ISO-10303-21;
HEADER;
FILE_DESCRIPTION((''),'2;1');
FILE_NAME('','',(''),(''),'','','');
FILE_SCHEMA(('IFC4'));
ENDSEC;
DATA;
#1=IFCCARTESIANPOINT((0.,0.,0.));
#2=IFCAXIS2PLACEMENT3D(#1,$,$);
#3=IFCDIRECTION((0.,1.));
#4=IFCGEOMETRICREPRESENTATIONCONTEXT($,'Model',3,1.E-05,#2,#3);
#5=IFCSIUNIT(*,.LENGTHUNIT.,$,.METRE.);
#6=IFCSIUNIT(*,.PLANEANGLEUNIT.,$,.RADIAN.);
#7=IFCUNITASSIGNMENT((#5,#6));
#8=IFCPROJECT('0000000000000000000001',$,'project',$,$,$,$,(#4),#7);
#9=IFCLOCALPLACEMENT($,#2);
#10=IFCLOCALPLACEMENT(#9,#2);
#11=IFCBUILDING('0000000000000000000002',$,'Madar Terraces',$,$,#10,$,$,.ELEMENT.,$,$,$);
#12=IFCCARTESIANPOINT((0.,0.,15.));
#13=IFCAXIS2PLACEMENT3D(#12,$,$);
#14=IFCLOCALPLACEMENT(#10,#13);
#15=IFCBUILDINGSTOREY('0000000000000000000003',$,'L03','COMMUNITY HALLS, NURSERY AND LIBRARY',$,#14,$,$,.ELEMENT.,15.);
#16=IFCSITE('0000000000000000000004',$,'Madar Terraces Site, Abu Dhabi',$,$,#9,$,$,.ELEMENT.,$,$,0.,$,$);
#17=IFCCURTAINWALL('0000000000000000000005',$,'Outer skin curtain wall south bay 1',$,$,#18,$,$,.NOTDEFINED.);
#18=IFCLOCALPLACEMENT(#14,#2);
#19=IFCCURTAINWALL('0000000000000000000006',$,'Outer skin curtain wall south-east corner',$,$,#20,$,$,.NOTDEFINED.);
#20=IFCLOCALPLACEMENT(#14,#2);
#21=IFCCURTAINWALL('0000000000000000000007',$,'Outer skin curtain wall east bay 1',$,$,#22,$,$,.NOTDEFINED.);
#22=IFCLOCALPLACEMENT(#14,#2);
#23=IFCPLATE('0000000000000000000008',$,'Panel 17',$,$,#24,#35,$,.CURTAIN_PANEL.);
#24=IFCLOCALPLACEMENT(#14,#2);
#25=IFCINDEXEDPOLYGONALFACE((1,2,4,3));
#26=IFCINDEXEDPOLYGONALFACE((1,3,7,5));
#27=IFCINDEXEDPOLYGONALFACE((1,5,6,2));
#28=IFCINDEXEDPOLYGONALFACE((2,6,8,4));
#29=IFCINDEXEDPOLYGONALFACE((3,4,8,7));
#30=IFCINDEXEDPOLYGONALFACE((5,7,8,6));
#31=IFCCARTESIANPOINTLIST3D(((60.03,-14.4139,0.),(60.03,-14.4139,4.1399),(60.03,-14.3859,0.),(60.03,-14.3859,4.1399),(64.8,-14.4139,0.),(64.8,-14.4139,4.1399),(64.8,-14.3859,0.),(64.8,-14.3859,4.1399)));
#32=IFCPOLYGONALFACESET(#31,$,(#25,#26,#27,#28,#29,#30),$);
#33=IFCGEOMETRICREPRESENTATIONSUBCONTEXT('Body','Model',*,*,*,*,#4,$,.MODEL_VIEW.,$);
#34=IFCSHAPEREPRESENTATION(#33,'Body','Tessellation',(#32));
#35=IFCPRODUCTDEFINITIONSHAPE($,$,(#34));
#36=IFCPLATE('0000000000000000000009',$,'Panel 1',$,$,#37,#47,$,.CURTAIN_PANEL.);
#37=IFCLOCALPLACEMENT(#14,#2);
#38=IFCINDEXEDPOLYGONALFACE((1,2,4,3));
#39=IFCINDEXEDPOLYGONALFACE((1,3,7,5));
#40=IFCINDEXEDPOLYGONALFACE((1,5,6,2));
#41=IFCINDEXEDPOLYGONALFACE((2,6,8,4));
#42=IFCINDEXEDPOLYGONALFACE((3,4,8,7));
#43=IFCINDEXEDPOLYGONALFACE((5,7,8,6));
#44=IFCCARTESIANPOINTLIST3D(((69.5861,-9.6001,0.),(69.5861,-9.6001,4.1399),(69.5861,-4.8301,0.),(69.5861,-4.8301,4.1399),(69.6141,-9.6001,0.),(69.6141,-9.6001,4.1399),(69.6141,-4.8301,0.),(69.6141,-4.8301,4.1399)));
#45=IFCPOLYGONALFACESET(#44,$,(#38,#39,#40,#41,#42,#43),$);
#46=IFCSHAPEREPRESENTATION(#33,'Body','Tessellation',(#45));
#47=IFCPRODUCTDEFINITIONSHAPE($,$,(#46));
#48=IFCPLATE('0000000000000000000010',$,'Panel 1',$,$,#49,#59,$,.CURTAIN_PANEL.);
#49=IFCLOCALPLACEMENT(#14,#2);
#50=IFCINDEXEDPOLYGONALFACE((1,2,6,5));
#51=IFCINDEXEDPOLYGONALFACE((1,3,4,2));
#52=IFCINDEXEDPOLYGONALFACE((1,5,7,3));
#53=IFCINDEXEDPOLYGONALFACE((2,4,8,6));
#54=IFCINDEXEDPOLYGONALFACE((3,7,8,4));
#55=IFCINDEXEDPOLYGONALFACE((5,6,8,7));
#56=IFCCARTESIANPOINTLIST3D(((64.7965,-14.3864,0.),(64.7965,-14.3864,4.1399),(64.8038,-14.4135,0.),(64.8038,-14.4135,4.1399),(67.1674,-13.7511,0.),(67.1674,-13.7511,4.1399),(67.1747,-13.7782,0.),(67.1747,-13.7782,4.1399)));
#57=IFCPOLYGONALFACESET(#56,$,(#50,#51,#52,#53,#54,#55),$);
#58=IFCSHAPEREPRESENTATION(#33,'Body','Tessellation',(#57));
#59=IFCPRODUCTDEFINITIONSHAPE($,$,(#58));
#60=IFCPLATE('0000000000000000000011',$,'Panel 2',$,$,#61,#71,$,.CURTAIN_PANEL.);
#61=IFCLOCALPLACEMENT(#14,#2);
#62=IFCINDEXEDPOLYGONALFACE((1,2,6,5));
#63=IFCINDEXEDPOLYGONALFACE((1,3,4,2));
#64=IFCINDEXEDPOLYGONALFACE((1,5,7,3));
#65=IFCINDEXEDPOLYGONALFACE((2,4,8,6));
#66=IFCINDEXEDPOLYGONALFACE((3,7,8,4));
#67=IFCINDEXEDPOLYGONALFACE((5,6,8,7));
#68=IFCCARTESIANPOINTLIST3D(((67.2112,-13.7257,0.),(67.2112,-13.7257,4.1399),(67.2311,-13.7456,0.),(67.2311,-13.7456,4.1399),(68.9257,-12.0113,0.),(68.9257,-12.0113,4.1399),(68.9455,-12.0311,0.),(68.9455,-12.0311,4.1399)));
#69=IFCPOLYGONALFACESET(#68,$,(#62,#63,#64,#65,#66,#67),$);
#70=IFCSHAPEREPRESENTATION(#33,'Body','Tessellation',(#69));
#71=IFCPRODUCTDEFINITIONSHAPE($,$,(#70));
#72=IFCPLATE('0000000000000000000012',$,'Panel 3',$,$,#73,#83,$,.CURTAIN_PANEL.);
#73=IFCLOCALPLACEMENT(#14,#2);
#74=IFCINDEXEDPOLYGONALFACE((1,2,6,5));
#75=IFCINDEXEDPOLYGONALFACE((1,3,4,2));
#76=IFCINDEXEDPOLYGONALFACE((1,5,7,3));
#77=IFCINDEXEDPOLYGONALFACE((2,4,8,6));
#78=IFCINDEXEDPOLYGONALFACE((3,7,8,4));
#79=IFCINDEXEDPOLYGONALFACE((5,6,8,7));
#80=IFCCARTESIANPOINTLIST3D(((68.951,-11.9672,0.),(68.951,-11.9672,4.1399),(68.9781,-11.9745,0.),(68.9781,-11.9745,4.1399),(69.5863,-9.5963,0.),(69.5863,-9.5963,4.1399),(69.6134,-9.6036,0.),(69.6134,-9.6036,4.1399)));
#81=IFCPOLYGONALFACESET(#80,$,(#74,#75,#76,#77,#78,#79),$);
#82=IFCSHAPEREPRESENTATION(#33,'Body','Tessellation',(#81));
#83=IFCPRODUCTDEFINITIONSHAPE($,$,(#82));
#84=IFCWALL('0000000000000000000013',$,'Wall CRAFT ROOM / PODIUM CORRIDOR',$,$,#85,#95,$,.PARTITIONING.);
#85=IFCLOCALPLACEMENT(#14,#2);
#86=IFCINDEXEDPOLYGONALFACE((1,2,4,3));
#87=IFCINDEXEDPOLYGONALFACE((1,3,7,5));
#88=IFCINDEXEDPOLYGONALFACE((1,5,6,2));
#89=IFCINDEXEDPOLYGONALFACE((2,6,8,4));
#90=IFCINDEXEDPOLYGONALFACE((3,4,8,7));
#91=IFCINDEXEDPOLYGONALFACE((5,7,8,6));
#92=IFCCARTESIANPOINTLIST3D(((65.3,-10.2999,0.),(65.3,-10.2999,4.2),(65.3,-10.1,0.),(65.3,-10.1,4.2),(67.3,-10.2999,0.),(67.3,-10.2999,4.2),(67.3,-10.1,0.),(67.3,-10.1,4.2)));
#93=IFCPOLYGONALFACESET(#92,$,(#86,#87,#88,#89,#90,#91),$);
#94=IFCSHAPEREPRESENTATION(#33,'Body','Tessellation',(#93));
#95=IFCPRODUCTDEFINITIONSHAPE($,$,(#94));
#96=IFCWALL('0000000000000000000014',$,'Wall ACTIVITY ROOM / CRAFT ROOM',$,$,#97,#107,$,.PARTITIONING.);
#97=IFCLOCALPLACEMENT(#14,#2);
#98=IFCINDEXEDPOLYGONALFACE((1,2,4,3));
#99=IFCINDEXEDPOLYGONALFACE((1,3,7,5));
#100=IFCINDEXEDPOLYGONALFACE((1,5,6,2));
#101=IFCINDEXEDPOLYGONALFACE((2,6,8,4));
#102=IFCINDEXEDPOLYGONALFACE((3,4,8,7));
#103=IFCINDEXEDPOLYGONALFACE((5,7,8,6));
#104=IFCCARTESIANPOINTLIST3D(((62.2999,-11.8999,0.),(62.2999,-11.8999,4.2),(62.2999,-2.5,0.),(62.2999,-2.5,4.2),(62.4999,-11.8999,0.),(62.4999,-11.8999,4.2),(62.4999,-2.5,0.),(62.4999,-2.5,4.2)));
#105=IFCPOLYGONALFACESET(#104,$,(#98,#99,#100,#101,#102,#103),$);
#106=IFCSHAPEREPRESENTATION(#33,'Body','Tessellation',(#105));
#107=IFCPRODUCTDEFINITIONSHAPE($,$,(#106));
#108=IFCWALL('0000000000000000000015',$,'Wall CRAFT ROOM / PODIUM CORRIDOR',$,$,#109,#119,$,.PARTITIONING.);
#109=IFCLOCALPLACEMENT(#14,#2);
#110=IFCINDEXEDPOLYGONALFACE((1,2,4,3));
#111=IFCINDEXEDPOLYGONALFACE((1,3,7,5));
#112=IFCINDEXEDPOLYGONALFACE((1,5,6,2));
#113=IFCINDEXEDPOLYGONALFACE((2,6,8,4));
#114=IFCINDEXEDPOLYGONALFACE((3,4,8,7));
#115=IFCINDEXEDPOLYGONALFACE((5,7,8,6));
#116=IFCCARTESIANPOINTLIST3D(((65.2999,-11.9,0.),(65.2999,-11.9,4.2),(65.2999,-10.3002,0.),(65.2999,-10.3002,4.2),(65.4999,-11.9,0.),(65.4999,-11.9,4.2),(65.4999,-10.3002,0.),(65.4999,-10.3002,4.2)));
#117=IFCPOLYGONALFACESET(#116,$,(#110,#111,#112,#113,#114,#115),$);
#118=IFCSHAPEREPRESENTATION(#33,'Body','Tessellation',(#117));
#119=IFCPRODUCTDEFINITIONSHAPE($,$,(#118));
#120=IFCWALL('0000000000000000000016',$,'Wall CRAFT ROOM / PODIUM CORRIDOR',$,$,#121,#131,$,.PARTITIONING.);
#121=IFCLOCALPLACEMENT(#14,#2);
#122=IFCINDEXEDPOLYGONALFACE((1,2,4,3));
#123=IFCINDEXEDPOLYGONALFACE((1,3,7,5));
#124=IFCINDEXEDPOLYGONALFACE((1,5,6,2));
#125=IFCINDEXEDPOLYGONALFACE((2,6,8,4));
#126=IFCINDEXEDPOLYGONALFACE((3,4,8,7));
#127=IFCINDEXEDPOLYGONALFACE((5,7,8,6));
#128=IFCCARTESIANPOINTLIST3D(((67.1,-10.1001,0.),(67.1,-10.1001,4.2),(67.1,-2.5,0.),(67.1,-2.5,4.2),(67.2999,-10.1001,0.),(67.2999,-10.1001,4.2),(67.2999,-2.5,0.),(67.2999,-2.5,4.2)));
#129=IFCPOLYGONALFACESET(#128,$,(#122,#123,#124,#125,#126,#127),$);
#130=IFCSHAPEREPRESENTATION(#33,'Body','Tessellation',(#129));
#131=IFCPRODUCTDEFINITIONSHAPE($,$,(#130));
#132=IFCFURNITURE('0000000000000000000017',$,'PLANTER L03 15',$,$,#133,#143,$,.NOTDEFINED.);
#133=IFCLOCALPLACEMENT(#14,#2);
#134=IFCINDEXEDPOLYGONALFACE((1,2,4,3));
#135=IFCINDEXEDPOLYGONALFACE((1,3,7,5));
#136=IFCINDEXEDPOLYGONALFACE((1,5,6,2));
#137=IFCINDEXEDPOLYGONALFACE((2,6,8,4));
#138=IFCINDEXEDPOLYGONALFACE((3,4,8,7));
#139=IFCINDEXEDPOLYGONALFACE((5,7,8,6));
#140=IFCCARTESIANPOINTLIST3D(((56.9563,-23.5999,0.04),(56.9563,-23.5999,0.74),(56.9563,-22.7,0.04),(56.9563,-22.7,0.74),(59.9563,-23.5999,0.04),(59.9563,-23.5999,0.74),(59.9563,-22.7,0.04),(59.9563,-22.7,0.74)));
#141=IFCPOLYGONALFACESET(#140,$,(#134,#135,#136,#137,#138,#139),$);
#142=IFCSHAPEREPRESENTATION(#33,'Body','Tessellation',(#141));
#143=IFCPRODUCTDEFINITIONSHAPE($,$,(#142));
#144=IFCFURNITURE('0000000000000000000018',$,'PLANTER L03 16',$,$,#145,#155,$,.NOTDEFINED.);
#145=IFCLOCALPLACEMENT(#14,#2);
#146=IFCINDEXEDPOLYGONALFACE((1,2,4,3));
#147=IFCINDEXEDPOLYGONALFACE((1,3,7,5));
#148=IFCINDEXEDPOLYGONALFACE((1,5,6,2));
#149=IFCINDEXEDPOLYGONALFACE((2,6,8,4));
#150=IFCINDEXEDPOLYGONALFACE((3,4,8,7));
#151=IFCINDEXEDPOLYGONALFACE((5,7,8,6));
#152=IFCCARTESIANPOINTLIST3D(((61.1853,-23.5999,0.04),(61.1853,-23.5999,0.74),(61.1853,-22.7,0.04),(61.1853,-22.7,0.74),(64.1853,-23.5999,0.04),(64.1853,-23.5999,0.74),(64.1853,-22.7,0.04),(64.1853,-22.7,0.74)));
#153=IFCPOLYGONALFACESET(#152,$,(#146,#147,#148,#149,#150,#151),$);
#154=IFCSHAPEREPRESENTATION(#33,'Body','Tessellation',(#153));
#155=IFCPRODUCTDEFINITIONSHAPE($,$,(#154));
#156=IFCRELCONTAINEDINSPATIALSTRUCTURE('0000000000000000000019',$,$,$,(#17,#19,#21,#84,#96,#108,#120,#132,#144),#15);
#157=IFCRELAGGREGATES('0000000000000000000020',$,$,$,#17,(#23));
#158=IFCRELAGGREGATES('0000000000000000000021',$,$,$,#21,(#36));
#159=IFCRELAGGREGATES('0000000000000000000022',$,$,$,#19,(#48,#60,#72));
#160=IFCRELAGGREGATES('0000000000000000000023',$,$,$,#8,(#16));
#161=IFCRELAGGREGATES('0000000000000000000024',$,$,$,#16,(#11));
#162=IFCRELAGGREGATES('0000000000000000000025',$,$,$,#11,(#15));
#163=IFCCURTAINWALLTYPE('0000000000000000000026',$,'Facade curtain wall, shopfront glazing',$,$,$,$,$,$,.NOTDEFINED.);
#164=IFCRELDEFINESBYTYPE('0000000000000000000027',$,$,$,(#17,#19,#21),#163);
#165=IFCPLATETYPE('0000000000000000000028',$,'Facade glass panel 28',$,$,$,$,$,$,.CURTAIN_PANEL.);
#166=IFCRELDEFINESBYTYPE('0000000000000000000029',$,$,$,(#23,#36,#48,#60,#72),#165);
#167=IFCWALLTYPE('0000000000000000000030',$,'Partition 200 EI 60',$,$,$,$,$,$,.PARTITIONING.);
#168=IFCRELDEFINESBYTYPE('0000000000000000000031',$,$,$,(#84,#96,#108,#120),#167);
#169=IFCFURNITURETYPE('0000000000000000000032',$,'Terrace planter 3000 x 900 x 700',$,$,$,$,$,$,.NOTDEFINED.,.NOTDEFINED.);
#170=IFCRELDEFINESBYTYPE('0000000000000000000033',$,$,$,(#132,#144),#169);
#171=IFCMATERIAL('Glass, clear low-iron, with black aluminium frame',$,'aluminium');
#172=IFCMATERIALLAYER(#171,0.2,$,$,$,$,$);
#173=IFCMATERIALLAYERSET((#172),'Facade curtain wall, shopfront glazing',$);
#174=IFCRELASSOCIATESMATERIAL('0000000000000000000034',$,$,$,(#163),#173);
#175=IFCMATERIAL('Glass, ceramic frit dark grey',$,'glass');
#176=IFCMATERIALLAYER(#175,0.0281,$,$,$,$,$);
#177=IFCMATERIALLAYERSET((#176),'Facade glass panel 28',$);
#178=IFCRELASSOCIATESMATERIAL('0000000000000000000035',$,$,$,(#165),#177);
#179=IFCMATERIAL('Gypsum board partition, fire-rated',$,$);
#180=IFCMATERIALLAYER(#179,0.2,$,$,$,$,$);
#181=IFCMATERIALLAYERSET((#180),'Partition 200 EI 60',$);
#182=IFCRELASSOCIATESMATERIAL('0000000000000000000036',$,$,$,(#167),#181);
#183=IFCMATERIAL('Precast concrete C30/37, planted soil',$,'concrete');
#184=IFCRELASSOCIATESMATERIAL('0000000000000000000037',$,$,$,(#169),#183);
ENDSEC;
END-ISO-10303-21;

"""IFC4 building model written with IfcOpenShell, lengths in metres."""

from ifc_helpers import new_model, si_unit, direction, frame, frame_2d, origin, origin_2d, place, context, subcontext, project, spatial, rectangle, extrude, material, layer, layer_set, type_object, element, aggregate, save


model = new_model("IFC4")

# Units and contexts
model_context = context("Model", 3, precision=1e-05, world=origin(), true_north=direction((0.0, 1.0)))
body_context = subcontext(model_context, "Body", "Model", "MODEL_VIEW")
ifc_project = project(units=[si_unit("LENGTHUNIT", "METRE"), si_unit("PLANEANGLEUNIT", "RADIAN")], contexts=[model_context])

# Site, building, storey
site_placement = place(None, origin())
site = spatial("IfcSite", under=ifc_project, at=site_placement, Name="Madar Terraces Site, Abu Dhabi", CompositionType="ELEMENT", RefElevation=0.0)
building_placement = place(site_placement, origin())
building = spatial("IfcBuilding", under=site, at=building_placement, Name="Madar Terraces", CompositionType="ELEMENT")
storey_placement = place(building_placement, frame((0.0, 0.0, 15.0)))
storey = spatial("IfcBuildingStorey", under=building, at=storey_placement, Name="L03", Description="COMMUNITY HALLS, NURSERY AND LIBRARY", CompositionType="ELEMENT", Elevation=15.0)

# Curtain walls
ifc_material_1 = material(Name="Glass, clear low-iron, with black aluminium frame", Category="aluminium")
ifc_layer_1 = layer(ifc_material_1, 0.2)
ifc_layer_set_1 = layer_set([ifc_layer_1], Name="Facade curtain wall, shopfront glazing")
curtain_wall_type = type_object("IfcCurtainWallType", Name="Facade curtain wall, shopfront glazing", PredefinedType="NOTDEFINED", material=ifc_layer_set_1)
curtain_wall_1_placement = place(storey_placement, origin())
curtain_wall_1 = element("IfcCurtainWall", 1, at=curtain_wall_1_placement, inside=storey, type_object=curtain_wall_type, Name="Outer skin curtain wall south bay 1", PredefinedType="NOTDEFINED")
curtain_wall_2_placement = place(storey_placement, origin())
curtain_wall_2 = element("IfcCurtainWall", 2, at=curtain_wall_2_placement, inside=storey, type_object=curtain_wall_type, Name="Outer skin curtain wall south-east corner", PredefinedType="NOTDEFINED")

# Curtain wall
curtain_wall_3_placement = place(storey_placement, origin())
curtain_wall_3 = element("IfcCurtainWall", 3, at=curtain_wall_3_placement, inside=storey, type_object=curtain_wall_type, Name="Outer skin curtain wall east bay 1", PredefinedType="NOTDEFINED")

# Plates
ifc_material_2 = material(Name="Glass, ceramic frit dark grey", Category="glass")
ifc_layer_2 = layer(ifc_material_2, 0.0281)
ifc_layer_set_2 = layer_set([ifc_layer_2], Name="Facade glass panel 28")
plate_type = type_object("IfcPlateType", Name="Facade glass panel 28", PredefinedType="CURTAIN_PANEL", material=ifc_layer_set_2)
plate_1_placement = place(storey_placement, frame((62.415, -14.3999, 0.0), z_axis=(0.0, 0.0, 1.0), x_axis=(1.0, 0.0, 0.0)))
plate_1 = element("IfcPlate", 4, at=plate_1_placement, type_object=plate_type, Name="Panel 17", PredefinedType="CURTAIN_PANEL", context=body_context, shape_type="SweptSolid", body=[
    extrude(rectangle(XDim=4.77, YDim=0.0281, at=origin_2d()), origin(), (0.0, 0.0, 1.0), 4.1399),
])
aggregate(curtain_wall_1, [plate_1])
plate_2_placement = place(storey_placement, frame((69.6001, -7.2151, 0.0), z_axis=(0.0, 0.0, 1.0), x_axis=(0.0, 1.0, 0.0)))
plate_2 = element("IfcPlate", 5, at=plate_2_placement, type_object=plate_type, Name="Panel 1", PredefinedType="CURTAIN_PANEL", context=body_context, shape_type="SweptSolid", body=[
    extrude(rectangle(XDim=4.77, YDim=0.0281, at=origin_2d()), origin(), (0.0, 0.0, 1.0), 4.1399),
])
aggregate(curtain_wall_3, [plate_2])
plate_3_placement = place(storey_placement, frame((65.9856, -14.0823, 0.0), z_axis=(0.0, 0.0, 1.0), x_axis=(0.965926, 0.258819, 0.0)))
plate_3 = element("IfcPlate", 6, at=plate_3_placement, type_object=plate_type, Name="Panel 1", PredefinedType="CURTAIN_PANEL", context=body_context, shape_type="SweptSolid", body=[
    extrude(rectangle(XDim=2.4546, YDim=0.0281, at=origin_2d()), origin(), (0.0, 0.0, 1.0), 4.1399),
])
plate_4_placement = place(storey_placement, frame((68.0784, -12.8784, 0.0), z_axis=(0.0, 0.0, 1.0), x_axis=(0.707107, 0.707107, 0.0)))
plate_4 = element("IfcPlate", 7, at=plate_4_placement, type_object=plate_type, Name="Panel 2", PredefinedType="CURTAIN_PANEL", context=body_context, shape_type="SweptSolid", body=[
    extrude(rectangle(XDim=2.4246, YDim=0.0281, at=origin_2d()), origin(), (0.0, 0.0, 1.0), 4.1399),
])
plate_5_placement = place(storey_placement, frame((69.2822, -10.7854, 0.0), z_axis=(0.0, 0.0, 1.0), x_axis=(0.258819, 0.965926, 0.0)))
plate_5 = element("IfcPlate", 8, at=plate_5_placement, type_object=plate_type, Name="Panel 3", PredefinedType="CURTAIN_PANEL", context=body_context, shape_type="SweptSolid", body=[
    extrude(rectangle(XDim=2.4546, YDim=0.0281, at=origin_2d()), origin(), (0.0, 0.0, 1.0), 4.1399),
])
aggregate(curtain_wall_2, [plate_3, plate_4, plate_5])

# Walls
ifc_material_3 = material(Name="Gypsum board partition, fire-rated")
ifc_layer_3 = layer(ifc_material_3, 0.2)
ifc_layer_set_3 = layer_set([ifc_layer_3], Name="Partition 200 EI 60")
wall_type_1 = type_object("IfcWallType", Name="Partition 200 EI 60", PredefinedType="PARTITIONING", material=ifc_layer_set_3)
wall_1_placement = place(storey_placement, frame((65.3, -10.2, 0.0), z_axis=(0.0, 0.0, 1.0), x_axis=(1.0, 0.0, 0.0)))
element("IfcWall", 9, at=wall_1_placement, inside=storey, type_object=wall_type_1, Name="Wall CRAFT ROOM / PODIUM CORRIDOR", PredefinedType="PARTITIONING", context=body_context, shape_type="SweptSolid", body=[
    extrude(rectangle(XDim=2.0, YDim=0.2, at=frame_2d((1.0, 0.0))), origin(), (0.0, 0.0, 1.0), 4.2),
])
wall_2_placement = place(storey_placement, frame((62.3999, -11.8999, 0.0), z_axis=(0.0, 0.0, 1.0), x_axis=(0.0, 1.0, 0.0)))
element("IfcWall", 10, at=wall_2_placement, inside=storey, type_object=wall_type_1, Name="Wall ACTIVITY ROOM / CRAFT ROOM", PredefinedType="PARTITIONING", context=body_context, shape_type="SweptSolid", body=[
    extrude(rectangle(XDim=9.3999, YDim=0.2, at=frame_2d((4.7, 0.0))), origin(), (0.0, 0.0, 1.0), 4.2),
])
wall_3_placement = place(storey_placement, frame((65.3999, -11.8999, 0.0), z_axis=(0.0, 0.0, 1.0), x_axis=(0.0, 1.0, 0.0)))
element("IfcWall", 11, at=wall_3_placement, inside=storey, type_object=wall_type_1, Name="Wall CRAFT ROOM / PODIUM CORRIDOR", PredefinedType="PARTITIONING", context=body_context, shape_type="SweptSolid", body=[
    extrude(rectangle(XDim=1.5999, YDim=0.2, at=frame_2d((0.7998, 0.0))), origin(), (0.0, 0.0, 1.0), 4.2),
])
wall_4_placement = place(storey_placement, frame((67.2, -10.1001, 0.0), z_axis=(0.0, 0.0, 1.0), x_axis=(0.0, 1.0, 0.0)))
element("IfcWall", 12, at=wall_4_placement, inside=storey, type_object=wall_type_1, Name="Wall CRAFT ROOM / PODIUM CORRIDOR", PredefinedType="PARTITIONING", context=body_context, shape_type="SweptSolid", body=[
    extrude(rectangle(XDim=7.6001, YDim=0.2, at=frame_2d((3.8, 0.0))), origin(), (0.0, 0.0, 1.0), 4.2),
])

# Furniture
ifc_material_4 = material(Name="Precast concrete C30/37, planted soil", Category="concrete")
furniture_type = type_object("IfcFurnitureType", Name="Terrace planter 3000 x 900 x 700", AssemblyPlace="NOTDEFINED", PredefinedType="NOTDEFINED", material=ifc_material_4)
for number, where, z_axis, x_axis, name in (
    (13, (58.4563, -23.1499, 0.04), (0.0, 0.0, 1.0), (1.0, 0.0, 0.0), "PLANTER L03 15"),
    (14, (62.6853, -23.1499, 0.04), (0.0, 0.0, 1.0), (1.0, 0.0, 0.0), "PLANTER L03 16"),
):
    element("IfcFurniture", number, at=place(storey_placement, frame(where, z_axis=z_axis, x_axis=x_axis)), inside=storey, type_object=furniture_type, Name=name, PredefinedType="NOTDEFINED", context=body_context, shape_type="SweptSolid", body=[
        extrude(rectangle(XDim=3.0, YDim=0.8999, at=origin_2d()), origin(), (0.0, 0.0, 1.0), 0.7),
    ])

save(model, "model.ifc")
